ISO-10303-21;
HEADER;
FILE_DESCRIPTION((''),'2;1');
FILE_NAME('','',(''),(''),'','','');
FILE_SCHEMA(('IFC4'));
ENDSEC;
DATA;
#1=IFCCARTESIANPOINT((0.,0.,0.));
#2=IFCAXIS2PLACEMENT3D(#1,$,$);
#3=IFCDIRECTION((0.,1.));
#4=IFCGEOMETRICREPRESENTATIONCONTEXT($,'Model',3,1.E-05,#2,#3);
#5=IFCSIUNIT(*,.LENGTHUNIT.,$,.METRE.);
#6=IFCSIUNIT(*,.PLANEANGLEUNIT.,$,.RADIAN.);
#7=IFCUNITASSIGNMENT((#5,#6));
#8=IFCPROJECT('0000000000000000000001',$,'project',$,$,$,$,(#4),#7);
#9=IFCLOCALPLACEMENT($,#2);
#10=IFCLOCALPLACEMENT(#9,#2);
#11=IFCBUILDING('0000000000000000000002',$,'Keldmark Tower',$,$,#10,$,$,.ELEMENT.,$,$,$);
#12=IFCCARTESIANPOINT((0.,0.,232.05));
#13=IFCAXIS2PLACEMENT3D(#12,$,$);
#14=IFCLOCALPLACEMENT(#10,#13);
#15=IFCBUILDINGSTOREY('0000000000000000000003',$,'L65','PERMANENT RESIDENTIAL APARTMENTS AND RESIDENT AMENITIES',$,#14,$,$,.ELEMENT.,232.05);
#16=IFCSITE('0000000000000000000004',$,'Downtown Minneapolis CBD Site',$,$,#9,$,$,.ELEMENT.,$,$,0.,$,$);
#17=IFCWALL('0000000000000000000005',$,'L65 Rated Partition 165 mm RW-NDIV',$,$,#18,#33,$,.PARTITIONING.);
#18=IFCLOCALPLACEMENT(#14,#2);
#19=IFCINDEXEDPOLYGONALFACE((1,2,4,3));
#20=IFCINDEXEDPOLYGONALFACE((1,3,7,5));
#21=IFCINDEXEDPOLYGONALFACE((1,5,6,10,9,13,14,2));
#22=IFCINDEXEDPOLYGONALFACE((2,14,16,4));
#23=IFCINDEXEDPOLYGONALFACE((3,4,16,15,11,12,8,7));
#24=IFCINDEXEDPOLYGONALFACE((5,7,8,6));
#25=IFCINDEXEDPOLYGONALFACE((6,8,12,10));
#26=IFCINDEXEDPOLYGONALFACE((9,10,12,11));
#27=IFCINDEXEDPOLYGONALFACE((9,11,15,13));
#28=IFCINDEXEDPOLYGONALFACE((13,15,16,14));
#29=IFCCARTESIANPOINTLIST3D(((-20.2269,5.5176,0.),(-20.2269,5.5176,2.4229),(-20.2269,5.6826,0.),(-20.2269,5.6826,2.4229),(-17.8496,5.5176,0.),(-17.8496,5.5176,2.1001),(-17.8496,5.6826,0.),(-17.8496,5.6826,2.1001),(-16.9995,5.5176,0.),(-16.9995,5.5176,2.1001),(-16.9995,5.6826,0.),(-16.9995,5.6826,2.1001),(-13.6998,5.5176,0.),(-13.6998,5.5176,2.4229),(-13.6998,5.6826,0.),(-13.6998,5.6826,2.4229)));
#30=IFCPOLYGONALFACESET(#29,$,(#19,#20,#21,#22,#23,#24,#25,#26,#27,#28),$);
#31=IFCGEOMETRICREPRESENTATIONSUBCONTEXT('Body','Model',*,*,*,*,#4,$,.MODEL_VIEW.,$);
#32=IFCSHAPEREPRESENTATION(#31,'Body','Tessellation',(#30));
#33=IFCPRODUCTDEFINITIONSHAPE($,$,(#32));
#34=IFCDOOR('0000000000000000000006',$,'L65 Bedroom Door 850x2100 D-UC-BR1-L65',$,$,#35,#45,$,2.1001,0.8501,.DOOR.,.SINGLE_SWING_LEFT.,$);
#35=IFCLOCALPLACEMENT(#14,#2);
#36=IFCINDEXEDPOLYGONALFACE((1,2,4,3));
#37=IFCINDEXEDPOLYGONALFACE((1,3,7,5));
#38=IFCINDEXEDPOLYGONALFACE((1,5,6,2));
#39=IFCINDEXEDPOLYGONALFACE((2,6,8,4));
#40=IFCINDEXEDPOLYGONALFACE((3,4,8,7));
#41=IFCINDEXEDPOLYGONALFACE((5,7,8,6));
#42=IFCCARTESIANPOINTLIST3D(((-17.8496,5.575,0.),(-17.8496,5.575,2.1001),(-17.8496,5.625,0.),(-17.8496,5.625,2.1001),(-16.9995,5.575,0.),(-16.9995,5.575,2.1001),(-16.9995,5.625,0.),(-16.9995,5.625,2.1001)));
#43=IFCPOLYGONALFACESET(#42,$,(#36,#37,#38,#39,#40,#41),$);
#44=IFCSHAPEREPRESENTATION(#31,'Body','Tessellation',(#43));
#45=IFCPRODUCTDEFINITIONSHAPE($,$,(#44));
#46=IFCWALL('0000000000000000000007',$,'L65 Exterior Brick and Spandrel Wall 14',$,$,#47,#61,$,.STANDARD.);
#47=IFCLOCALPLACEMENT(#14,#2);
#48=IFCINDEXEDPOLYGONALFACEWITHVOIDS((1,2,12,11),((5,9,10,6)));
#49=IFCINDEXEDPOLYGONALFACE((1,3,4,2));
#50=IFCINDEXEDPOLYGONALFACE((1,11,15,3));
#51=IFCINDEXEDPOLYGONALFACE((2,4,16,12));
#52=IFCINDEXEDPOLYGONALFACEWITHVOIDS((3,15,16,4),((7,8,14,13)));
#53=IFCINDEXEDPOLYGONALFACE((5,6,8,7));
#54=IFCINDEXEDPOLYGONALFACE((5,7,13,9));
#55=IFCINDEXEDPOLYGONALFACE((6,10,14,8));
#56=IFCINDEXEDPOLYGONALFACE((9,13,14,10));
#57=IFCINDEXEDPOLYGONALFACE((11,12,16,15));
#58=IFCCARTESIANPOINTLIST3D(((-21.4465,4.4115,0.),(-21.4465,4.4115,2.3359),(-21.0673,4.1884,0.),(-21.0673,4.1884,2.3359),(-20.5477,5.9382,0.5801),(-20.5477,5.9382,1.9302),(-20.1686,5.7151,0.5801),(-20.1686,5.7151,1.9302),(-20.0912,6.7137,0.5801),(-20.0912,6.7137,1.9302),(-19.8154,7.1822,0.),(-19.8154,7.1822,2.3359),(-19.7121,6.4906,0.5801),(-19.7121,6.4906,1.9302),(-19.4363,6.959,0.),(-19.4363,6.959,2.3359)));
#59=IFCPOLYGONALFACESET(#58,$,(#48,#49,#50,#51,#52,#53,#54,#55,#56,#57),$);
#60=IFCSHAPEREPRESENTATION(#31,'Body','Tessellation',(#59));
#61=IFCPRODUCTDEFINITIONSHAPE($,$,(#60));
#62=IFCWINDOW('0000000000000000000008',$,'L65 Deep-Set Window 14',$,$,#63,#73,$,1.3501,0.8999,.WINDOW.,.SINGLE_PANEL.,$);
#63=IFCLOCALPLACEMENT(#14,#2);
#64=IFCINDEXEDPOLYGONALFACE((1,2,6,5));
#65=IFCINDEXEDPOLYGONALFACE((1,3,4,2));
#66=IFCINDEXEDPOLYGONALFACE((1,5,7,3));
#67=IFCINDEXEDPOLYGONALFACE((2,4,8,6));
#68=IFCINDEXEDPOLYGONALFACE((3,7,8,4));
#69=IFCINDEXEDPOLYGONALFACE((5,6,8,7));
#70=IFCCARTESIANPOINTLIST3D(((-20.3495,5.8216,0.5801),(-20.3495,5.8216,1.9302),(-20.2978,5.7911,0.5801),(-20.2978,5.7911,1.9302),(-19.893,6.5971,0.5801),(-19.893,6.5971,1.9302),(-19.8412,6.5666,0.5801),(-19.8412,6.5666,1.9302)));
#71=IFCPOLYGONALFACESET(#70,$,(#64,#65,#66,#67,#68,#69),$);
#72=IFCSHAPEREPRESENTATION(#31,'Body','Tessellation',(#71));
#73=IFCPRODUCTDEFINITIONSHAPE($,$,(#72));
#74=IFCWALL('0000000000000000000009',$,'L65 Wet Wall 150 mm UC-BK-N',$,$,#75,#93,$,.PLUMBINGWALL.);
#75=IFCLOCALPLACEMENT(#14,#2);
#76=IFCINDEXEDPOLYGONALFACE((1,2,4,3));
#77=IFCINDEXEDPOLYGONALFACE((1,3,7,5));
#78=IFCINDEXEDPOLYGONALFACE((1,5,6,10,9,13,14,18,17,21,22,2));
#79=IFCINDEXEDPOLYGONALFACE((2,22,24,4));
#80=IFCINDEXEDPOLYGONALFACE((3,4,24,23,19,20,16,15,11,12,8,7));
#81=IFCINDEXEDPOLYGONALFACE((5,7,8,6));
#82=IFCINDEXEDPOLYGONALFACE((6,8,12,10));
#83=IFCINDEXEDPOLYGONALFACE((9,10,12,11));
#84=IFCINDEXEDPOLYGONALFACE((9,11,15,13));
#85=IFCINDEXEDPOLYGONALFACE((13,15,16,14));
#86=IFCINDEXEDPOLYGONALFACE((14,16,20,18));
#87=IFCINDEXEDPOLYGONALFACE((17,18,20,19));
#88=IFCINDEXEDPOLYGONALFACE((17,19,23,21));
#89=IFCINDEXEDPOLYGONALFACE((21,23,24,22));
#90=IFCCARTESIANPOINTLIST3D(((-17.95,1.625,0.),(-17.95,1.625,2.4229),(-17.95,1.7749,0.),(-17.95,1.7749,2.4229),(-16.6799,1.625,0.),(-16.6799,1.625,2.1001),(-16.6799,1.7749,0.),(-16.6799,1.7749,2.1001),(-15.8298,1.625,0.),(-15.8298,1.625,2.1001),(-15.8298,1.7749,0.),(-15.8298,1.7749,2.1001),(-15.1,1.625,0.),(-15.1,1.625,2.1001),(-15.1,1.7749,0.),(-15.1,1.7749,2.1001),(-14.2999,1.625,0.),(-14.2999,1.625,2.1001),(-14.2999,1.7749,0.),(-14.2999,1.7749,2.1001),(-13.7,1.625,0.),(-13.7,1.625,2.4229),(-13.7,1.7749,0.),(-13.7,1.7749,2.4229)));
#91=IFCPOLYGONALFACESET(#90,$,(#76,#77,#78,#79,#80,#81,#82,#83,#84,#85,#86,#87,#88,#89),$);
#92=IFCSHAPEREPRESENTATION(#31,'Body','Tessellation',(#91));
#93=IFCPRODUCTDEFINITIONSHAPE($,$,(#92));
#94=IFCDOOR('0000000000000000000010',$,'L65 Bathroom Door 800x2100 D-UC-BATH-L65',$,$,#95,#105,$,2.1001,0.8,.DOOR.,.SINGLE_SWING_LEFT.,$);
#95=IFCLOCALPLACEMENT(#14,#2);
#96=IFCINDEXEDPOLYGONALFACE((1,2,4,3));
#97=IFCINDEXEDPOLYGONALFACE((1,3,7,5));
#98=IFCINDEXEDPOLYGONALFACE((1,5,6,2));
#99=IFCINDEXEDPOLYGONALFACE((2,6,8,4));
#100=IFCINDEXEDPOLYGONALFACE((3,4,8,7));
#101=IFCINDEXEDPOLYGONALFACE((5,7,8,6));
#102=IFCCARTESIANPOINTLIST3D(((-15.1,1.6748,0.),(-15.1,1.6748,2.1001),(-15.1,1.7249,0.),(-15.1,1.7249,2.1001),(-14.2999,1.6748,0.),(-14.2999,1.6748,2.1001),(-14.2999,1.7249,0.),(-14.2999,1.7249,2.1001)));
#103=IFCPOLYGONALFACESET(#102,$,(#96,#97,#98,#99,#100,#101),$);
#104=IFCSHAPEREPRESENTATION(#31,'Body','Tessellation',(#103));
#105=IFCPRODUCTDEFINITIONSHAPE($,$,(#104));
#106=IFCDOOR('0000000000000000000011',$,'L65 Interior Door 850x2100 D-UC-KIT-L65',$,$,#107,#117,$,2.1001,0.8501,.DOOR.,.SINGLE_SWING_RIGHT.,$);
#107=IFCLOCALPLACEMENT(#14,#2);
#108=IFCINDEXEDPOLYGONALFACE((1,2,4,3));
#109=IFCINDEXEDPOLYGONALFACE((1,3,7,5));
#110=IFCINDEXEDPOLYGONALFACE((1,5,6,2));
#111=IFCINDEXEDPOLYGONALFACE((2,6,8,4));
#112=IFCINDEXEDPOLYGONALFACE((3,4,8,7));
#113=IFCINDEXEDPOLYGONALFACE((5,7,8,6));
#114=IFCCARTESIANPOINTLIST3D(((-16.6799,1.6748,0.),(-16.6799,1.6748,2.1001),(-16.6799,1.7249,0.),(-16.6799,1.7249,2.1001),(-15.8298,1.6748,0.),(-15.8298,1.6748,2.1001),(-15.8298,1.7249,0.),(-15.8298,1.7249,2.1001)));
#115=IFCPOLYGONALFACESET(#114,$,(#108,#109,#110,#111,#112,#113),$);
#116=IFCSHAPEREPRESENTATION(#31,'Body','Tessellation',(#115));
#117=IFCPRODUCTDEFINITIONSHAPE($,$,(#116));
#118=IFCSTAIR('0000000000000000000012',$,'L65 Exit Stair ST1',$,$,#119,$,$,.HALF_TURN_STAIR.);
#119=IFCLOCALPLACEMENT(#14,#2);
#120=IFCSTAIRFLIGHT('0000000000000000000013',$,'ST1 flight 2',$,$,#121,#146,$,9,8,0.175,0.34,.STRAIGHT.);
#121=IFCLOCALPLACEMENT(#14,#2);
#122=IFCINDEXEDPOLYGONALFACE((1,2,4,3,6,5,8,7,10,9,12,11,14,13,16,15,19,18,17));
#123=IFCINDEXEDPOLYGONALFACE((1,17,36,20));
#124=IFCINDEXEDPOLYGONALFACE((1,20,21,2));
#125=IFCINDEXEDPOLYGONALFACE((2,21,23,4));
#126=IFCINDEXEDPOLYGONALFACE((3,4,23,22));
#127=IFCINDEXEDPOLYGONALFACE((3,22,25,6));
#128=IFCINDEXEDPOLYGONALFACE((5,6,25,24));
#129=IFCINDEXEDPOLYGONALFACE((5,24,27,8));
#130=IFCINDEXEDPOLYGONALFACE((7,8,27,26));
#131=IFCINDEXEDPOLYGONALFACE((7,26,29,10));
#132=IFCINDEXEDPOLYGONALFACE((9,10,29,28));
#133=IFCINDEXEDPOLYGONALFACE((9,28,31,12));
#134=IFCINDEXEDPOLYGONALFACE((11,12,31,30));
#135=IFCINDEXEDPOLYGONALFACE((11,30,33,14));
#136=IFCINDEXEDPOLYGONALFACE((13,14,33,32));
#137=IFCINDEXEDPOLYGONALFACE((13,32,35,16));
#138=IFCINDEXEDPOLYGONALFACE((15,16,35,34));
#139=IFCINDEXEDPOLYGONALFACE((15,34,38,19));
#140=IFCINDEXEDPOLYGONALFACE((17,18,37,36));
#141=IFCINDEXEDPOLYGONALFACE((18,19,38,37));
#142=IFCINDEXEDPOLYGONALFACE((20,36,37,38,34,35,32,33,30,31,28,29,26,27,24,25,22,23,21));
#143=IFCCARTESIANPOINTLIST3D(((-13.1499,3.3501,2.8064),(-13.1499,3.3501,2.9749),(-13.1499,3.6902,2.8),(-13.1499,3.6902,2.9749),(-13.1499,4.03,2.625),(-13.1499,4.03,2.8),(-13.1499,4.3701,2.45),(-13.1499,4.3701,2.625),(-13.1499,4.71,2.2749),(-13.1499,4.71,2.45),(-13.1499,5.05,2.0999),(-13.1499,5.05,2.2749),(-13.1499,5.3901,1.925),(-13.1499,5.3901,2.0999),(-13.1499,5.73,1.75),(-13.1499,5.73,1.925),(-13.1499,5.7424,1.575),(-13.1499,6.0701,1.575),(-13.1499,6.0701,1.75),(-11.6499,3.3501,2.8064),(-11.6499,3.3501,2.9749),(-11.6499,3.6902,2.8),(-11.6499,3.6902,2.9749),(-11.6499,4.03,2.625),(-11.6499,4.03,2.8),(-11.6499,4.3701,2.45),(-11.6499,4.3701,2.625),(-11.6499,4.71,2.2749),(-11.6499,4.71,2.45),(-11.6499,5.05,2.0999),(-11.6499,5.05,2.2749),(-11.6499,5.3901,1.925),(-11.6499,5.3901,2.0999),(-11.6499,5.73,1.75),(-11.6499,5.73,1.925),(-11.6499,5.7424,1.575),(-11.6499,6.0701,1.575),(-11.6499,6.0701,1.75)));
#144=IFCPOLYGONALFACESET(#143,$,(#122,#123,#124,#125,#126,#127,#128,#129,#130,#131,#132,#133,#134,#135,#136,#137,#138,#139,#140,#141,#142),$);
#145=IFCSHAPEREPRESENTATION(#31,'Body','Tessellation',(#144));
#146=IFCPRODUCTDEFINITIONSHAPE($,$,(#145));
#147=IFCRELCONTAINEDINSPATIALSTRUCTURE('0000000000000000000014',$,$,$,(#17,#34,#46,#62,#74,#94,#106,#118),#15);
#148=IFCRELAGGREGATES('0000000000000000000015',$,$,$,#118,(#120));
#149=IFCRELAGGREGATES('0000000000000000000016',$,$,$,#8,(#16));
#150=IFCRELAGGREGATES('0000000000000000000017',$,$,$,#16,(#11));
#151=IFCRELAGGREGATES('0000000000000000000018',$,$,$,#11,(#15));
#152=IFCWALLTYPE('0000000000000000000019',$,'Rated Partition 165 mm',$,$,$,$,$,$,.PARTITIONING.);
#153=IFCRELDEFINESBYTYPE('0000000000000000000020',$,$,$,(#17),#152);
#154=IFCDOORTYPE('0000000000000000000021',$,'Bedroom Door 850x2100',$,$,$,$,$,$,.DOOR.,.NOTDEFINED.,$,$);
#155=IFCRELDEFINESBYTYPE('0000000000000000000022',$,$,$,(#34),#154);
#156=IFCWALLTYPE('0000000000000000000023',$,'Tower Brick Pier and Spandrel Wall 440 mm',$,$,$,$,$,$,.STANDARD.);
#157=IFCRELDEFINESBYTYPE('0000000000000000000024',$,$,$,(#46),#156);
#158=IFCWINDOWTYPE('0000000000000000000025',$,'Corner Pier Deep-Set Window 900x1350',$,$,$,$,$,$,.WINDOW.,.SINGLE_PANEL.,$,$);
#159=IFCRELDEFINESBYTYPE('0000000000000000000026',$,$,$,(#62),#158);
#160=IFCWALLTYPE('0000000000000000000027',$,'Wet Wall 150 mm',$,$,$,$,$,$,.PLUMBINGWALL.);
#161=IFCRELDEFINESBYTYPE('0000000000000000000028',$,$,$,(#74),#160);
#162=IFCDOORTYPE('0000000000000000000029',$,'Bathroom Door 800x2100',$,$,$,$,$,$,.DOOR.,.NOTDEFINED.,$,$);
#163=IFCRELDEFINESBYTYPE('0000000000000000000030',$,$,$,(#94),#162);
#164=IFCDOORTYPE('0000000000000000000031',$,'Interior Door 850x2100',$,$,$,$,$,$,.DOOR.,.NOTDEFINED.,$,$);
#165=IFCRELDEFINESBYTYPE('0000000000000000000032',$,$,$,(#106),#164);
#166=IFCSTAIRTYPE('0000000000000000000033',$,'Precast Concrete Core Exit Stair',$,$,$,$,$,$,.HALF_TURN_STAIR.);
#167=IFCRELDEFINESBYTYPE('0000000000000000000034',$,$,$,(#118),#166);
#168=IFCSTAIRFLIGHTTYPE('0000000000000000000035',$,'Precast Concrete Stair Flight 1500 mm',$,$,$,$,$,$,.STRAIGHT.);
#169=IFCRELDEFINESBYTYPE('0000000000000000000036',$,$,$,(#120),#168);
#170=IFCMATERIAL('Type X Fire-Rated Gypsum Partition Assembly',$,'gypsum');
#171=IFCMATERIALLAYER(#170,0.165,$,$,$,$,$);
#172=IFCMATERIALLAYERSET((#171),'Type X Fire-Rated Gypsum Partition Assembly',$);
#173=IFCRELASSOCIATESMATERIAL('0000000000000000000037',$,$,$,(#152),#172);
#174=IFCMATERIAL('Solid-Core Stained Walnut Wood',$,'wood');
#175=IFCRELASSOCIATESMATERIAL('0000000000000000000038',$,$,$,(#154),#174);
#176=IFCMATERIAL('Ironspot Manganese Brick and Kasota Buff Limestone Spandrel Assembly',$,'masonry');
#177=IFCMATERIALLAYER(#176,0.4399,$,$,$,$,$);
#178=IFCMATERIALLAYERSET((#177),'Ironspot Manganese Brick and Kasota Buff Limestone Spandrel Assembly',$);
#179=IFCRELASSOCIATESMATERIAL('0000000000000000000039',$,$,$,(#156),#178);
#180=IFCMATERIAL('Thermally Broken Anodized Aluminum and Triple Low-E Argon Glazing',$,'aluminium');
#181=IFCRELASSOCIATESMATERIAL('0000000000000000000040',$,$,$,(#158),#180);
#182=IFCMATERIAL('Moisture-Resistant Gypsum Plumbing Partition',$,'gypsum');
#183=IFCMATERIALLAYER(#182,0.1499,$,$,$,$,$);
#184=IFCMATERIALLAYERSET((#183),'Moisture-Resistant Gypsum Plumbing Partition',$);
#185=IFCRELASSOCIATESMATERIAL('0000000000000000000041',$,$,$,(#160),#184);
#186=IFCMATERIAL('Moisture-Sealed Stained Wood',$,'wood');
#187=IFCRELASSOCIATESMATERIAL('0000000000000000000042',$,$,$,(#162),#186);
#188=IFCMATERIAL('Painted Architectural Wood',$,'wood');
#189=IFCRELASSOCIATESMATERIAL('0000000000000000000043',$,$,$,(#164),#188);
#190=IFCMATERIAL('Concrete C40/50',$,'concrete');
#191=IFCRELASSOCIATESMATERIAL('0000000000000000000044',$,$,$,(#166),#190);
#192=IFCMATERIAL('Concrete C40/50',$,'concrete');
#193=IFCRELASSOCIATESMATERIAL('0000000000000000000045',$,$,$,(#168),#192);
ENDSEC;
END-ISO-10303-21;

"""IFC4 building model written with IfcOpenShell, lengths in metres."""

from ifc_helpers import new_model, si_unit, direction, frame, frame_2d, origin, place, context, subcontext, project, spatial, polyline, rectangle, outline, extrude, material, layer, layer_set, type_object, element, fill, aggregate, save


model = new_model("IFC4")

# Units and contexts
model_context = context("Model", 3, precision=1e-05, world=origin(), true_north=direction((0.0, 1.0)))
body_context = subcontext(model_context, "Body", "Model", "MODEL_VIEW")
ifc_project = project(units=[si_unit("LENGTHUNIT", "METRE"), si_unit("PLANEANGLEUNIT", "RADIAN")], contexts=[model_context])

# Site, building, storey
site_placement = place(None, origin())
site = spatial("IfcSite", under=ifc_project, at=site_placement, Name="Downtown Minneapolis CBD Site", CompositionType="ELEMENT", RefElevation=0.0)
building_placement = place(site_placement, origin())
building = spatial("IfcBuilding", under=site, at=building_placement, Name="Keldmark Tower", CompositionType="ELEMENT")
storey_placement = place(building_placement, frame((0.0, 0.0, 232.05)))
storey = spatial("IfcBuildingStorey", under=building, at=storey_placement, Name="L65", Description="PERMANENT RESIDENTIAL APARTMENTS AND RESIDENT AMENITIES", CompositionType="ELEMENT", Elevation=232.05)

# Wall, opening, door
ifc_material_1 = material(Name="Type X Fire-Rated Gypsum Partition Assembly", Category="gypsum")
ifc_layer_1 = layer(ifc_material_1, 0.165)
ifc_layer_set_1 = layer_set([ifc_layer_1], Name="Type X Fire-Rated Gypsum Partition Assembly")
wall_type_1 = type_object("IfcWallType", Name="Rated Partition 165 mm", PredefinedType="PARTITIONING", material=ifc_layer_set_1)
wall_1_placement = place(storey_placement, frame((-20.2271, 5.6001, 0.0), z_axis=(0.0, 0.0, 1.0), x_axis=(1.0, 0.0, 0.0)))
wall_1 = element("IfcWall", 1, at=wall_1_placement, inside=storey, type_object=wall_type_1, Name="L65 Rated Partition 165 mm RW-NDIV", PredefinedType="PARTITIONING", context=body_context, shape_type="SweptSolid", body=[
    extrude(rectangle(XDim=6.5271, YDim=0.165, at=frame_2d((3.2637, 0.0))), origin(), (0.0, 0.0, 1.0), 2.4229),
])
opening_1_placement = place(wall_1_placement, frame((2.3774, 0.0, 0.0)))
opening_1 = element("IfcOpeningElement", 2, at=opening_1_placement, cuts=wall_1, PredefinedType="OPENING", context=body_context, shape_type="SweptSolid", body=[
    extrude(rectangle(XDim=0.8501, YDim=2.1001, at=frame_2d((0.425, 1.05))), frame((0.0, 0.0925, 0.0), z_axis=(0.0, -1.0, 0.0), x_axis=(1.0, 0.0, 0.0)), (0.0, 0.0, 1.0), 0.1851),
])
ifc_material_2 = material(Name="Solid-Core Stained Walnut Wood", Category="wood")
door_type_1 = type_object("IfcDoorType", Name="Bedroom Door 850x2100", OperationType="NOTDEFINED", PredefinedType="DOOR", material=ifc_material_2)
door_1_placement = place(opening_1_placement, origin())
door_1 = element("IfcDoor", 3, at=door_1_placement, inside=storey, type_object=door_type_1, Name="L65 Bedroom Door 850x2100 D-UC-BR1-L65", OperationType="SINGLE_SWING_LEFT", OverallHeight=2.1001, OverallWidth=0.8501, PredefinedType="DOOR", context=body_context, shape_type="SweptSolid", body=[
    extrude(rectangle(XDim=0.8501, YDim=2.1001, at=frame_2d((0.425, 1.05))), frame((0.0, 0.0249, 0.0), z_axis=(0.0, -1.0, 0.0), x_axis=(1.0, 0.0, 0.0)), (0.0, 0.0, 1.0), 0.05),
])
fill(opening_1, door_1)

# Wall, opening, window
ifc_material_3 = material(Name="Ironspot Manganese Brick and Kasota Buff Limestone Spandrel Assembly", Category="masonry")
ifc_layer_2 = layer(ifc_material_3, 0.4399)
ifc_layer_set_2 = layer_set([ifc_layer_2], Name="Ironspot Manganese Brick and Kasota Buff Limestone Spandrel Assembly")
wall_type_2 = type_object("IfcWallType", Name="Tower Brick Pier and Spandrel Wall 440 mm", PredefinedType="STANDARD", material=ifc_layer_set_2)
wall_2_placement = place(storey_placement, frame((-21.2568, 4.3, 0.0), z_axis=(0.0, 0.0, 1.0), x_axis=(0.507309, 0.861764, 0.0)))
wall_2 = element("IfcWall", 4, at=wall_2_placement, inside=storey, type_object=wall_type_2, Name="L65 Exterior Brick and Spandrel Wall 14", PredefinedType="STANDARD", context=body_context, shape_type="SweptSolid", body=[
    extrude(rectangle(XDim=3.2151, YDim=0.4399, at=frame_2d((1.6074, 0.0))), origin(), (0.0, 0.0, 1.0), 2.3359),
])
opening_2_placement = place(wall_2_placement, frame((1.7715, 0.0, 0.5801)))
opening_2 = element("IfcOpeningElement", 5, at=opening_2_placement, cuts=wall_2, PredefinedType="OPENING", context=body_context, shape_type="SweptSolid", body=[
    extrude(rectangle(XDim=0.8999, YDim=1.3501, at=frame_2d((0.45, 0.675))), frame((0.0, 0.23, 0.0), z_axis=(0.0, -1.0, 0.0), x_axis=(1.0, 0.0, 0.0)), (0.0, 0.0, 1.0), 0.46),
])
ifc_material_4 = material(Name="Thermally Broken Anodized Aluminum and Triple Low-E Argon Glazing", Category="aluminium")
window_type = type_object("IfcWindowType", Name="Corner Pier Deep-Set Window 900x1350", PartitioningType="SINGLE_PANEL", PredefinedType="WINDOW", material=ifc_material_4)
window_placement = place(opening_2_placement, origin())
window = element("IfcWindow", 6, at=window_placement, inside=storey, type_object=window_type, Name="L65 Deep-Set Window 14", OverallHeight=1.3501, OverallWidth=0.8999, PartitioningType="SINGLE_PANEL", PredefinedType="WINDOW", context=body_context, shape_type="SweptSolid", body=[
    extrude(rectangle(XDim=0.8999, YDim=1.3501, at=frame_2d((0.45, 0.675))), frame((0.0, -0.01, 0.0), z_axis=(0.0, -1.0, 0.0), x_axis=(1.0, 0.0, 0.0)), (0.0, 0.0, 1.0), 0.0601),
])
fill(opening_2, window)

# Wall, openings, doors
ifc_material_5 = material(Name="Moisture-Resistant Gypsum Plumbing Partition", Category="gypsum")
ifc_layer_3 = layer(ifc_material_5, 0.1499)
ifc_layer_set_3 = layer_set([ifc_layer_3], Name="Moisture-Resistant Gypsum Plumbing Partition")
wall_type_3 = type_object("IfcWallType", Name="Wet Wall 150 mm", PredefinedType="PLUMBINGWALL", material=ifc_layer_set_3)
wall_3_placement = place(storey_placement, frame((-17.95, 1.7, 0.0), z_axis=(0.0, 0.0, 1.0), x_axis=(1.0, 0.0, 0.0)))
wall_3 = element("IfcWall", 7, at=wall_3_placement, inside=storey, type_object=wall_type_3, Name="L65 Wet Wall 150 mm UC-BK-N", PredefinedType="PLUMBINGWALL", context=body_context, shape_type="SweptSolid", body=[
    extrude(rectangle(XDim=4.25, YDim=0.1499, at=frame_2d((2.125, 0.0))), origin(), (0.0, 0.0, 1.0), 2.4229),
])
opening_3_placement = place(wall_3_placement, frame((2.8501, 0.0, 0.0)))
opening_3 = element("IfcOpeningElement", 8, at=opening_3_placement, cuts=wall_3, PredefinedType="OPENING", context=body_context, shape_type="SweptSolid", body=[
    extrude(rectangle(XDim=0.8, YDim=2.1001, at=frame_2d((0.3999, 1.05))), frame((0.0, 0.085, 0.0), z_axis=(0.0, -1.0, 0.0), x_axis=(1.0, 0.0, 0.0)), (0.0, 0.0, 1.0), 0.1699),
])
opening_4_placement = place(wall_3_placement, frame((1.27, 0.0, 0.0)))
opening_4 = element("IfcOpeningElement", 9, at=opening_4_placement, cuts=wall_3, PredefinedType="OPENING", context=body_context, shape_type="SweptSolid", body=[
    extrude(rectangle(XDim=0.8501, YDim=2.1001, at=frame_2d((0.425, 1.05))), frame((0.0, 0.085, 0.0), z_axis=(0.0, -1.0, 0.0), x_axis=(1.0, 0.0, 0.0)), (0.0, 0.0, 1.0), 0.1699),
])
ifc_material_6 = material(Name="Moisture-Sealed Stained Wood", Category="wood")
door_type_2 = type_object("IfcDoorType", Name="Bathroom Door 800x2100", OperationType="NOTDEFINED", PredefinedType="DOOR", material=ifc_material_6)
door_2_placement = place(opening_3_placement, origin())
door_2 = element("IfcDoor", 10, at=door_2_placement, inside=storey, type_object=door_type_2, Name="L65 Bathroom Door 800x2100 D-UC-BATH-L65", OperationType="SINGLE_SWING_LEFT", OverallHeight=2.1001, OverallWidth=0.8, PredefinedType="DOOR", context=body_context, shape_type="SweptSolid", body=[
    extrude(rectangle(XDim=0.8, YDim=2.1001, at=frame_2d((0.3999, 1.05))), frame((0.0, 0.0249, 0.0), z_axis=(0.0, -1.0, 0.0), x_axis=(1.0, 0.0, 0.0)), (0.0, 0.0, 1.0), 0.05),
])
fill(opening_3, door_2)
ifc_material_7 = material(Name="Painted Architectural Wood", Category="wood")
door_type_3 = type_object("IfcDoorType", Name="Interior Door 850x2100", OperationType="NOTDEFINED", PredefinedType="DOOR", material=ifc_material_7)
door_3_placement = place(opening_4_placement, origin())
door_3 = element("IfcDoor", 11, at=door_3_placement, inside=storey, type_object=door_type_3, Name="L65 Interior Door 850x2100 D-UC-KIT-L65", OperationType="SINGLE_SWING_RIGHT", OverallHeight=2.1001, OverallWidth=0.8501, PredefinedType="DOOR", context=body_context, shape_type="SweptSolid", body=[
    extrude(rectangle(XDim=0.8501, YDim=2.1001, at=frame_2d((0.425, 1.05))), frame((0.0, 0.0249, 0.0), z_axis=(0.0, -1.0, 0.0), x_axis=(1.0, 0.0, 0.0)), (0.0, 0.0, 1.0), 0.05),
])
fill(opening_4, door_3)

# Stair, stair flight
ifc_material_8 = material(Name="Concrete C40/50", Category="concrete")
stair_type = type_object("IfcStairType", Name="Precast Concrete Core Exit Stair", PredefinedType="HALF_TURN_STAIR", material=ifc_material_8)
stair_placement = place(storey_placement, origin())
stair = element("IfcStair", 12, at=stair_placement, inside=storey, type_object=stair_type, Name="L65 Exit Stair ST1", PredefinedType="HALF_TURN_STAIR")
ifc_material_9 = material(Name="Concrete C40/50", Category="concrete")
stair_flight_type = type_object("IfcStairFlightType", Name="Precast Concrete Stair Flight 1500 mm", PredefinedType="STRAIGHT", material=ifc_material_9)
stair_flight_placement = place(storey_placement, frame((-12.3999, 6.0701, 1.575), z_axis=(0.0, 0.0, 1.0), x_axis=(0.0, -1.0, 0.0)))
stair_flight = element("IfcStairFlight", 13, at=stair_flight_placement, type_object=stair_flight_type, Name="ST1 flight 2", NumberOfRisers=9, NumberOfTreads=8, PredefinedType="STRAIGHT", RiserHeight=0.175, TreadLength=0.34, context=body_context, shape_type="SweptSolid", body=[
    extrude(outline(polyline([(0.0, 0.0), (0.0, 0.175), (0.3401, 0.175), (0.3401, 0.3501), (0.6799, 0.3501), (0.6799, 0.5249), (1.02, 0.5249), (1.02, 0.7), (1.3601, 0.7), (1.3601, 0.875), (1.7, 0.875), (1.7, 1.05), (2.04, 1.05), (2.04, 1.2251), (2.3799, 1.2251), (2.3799, 1.3999), (2.72, 1.3999), (2.72, 1.575), (2.72, 1.2314), (0.3276, 0.0), (0.0, 0.0)])), frame((0.0, 0.75, 0.0), z_axis=(0.0, -1.0, 0.0), x_axis=(1.0, 0.0, 0.0)), (0.0, 0.0, 1.0), 1.5),
])
aggregate(stair, [stair_flight])

save(model, "model.ifc")
